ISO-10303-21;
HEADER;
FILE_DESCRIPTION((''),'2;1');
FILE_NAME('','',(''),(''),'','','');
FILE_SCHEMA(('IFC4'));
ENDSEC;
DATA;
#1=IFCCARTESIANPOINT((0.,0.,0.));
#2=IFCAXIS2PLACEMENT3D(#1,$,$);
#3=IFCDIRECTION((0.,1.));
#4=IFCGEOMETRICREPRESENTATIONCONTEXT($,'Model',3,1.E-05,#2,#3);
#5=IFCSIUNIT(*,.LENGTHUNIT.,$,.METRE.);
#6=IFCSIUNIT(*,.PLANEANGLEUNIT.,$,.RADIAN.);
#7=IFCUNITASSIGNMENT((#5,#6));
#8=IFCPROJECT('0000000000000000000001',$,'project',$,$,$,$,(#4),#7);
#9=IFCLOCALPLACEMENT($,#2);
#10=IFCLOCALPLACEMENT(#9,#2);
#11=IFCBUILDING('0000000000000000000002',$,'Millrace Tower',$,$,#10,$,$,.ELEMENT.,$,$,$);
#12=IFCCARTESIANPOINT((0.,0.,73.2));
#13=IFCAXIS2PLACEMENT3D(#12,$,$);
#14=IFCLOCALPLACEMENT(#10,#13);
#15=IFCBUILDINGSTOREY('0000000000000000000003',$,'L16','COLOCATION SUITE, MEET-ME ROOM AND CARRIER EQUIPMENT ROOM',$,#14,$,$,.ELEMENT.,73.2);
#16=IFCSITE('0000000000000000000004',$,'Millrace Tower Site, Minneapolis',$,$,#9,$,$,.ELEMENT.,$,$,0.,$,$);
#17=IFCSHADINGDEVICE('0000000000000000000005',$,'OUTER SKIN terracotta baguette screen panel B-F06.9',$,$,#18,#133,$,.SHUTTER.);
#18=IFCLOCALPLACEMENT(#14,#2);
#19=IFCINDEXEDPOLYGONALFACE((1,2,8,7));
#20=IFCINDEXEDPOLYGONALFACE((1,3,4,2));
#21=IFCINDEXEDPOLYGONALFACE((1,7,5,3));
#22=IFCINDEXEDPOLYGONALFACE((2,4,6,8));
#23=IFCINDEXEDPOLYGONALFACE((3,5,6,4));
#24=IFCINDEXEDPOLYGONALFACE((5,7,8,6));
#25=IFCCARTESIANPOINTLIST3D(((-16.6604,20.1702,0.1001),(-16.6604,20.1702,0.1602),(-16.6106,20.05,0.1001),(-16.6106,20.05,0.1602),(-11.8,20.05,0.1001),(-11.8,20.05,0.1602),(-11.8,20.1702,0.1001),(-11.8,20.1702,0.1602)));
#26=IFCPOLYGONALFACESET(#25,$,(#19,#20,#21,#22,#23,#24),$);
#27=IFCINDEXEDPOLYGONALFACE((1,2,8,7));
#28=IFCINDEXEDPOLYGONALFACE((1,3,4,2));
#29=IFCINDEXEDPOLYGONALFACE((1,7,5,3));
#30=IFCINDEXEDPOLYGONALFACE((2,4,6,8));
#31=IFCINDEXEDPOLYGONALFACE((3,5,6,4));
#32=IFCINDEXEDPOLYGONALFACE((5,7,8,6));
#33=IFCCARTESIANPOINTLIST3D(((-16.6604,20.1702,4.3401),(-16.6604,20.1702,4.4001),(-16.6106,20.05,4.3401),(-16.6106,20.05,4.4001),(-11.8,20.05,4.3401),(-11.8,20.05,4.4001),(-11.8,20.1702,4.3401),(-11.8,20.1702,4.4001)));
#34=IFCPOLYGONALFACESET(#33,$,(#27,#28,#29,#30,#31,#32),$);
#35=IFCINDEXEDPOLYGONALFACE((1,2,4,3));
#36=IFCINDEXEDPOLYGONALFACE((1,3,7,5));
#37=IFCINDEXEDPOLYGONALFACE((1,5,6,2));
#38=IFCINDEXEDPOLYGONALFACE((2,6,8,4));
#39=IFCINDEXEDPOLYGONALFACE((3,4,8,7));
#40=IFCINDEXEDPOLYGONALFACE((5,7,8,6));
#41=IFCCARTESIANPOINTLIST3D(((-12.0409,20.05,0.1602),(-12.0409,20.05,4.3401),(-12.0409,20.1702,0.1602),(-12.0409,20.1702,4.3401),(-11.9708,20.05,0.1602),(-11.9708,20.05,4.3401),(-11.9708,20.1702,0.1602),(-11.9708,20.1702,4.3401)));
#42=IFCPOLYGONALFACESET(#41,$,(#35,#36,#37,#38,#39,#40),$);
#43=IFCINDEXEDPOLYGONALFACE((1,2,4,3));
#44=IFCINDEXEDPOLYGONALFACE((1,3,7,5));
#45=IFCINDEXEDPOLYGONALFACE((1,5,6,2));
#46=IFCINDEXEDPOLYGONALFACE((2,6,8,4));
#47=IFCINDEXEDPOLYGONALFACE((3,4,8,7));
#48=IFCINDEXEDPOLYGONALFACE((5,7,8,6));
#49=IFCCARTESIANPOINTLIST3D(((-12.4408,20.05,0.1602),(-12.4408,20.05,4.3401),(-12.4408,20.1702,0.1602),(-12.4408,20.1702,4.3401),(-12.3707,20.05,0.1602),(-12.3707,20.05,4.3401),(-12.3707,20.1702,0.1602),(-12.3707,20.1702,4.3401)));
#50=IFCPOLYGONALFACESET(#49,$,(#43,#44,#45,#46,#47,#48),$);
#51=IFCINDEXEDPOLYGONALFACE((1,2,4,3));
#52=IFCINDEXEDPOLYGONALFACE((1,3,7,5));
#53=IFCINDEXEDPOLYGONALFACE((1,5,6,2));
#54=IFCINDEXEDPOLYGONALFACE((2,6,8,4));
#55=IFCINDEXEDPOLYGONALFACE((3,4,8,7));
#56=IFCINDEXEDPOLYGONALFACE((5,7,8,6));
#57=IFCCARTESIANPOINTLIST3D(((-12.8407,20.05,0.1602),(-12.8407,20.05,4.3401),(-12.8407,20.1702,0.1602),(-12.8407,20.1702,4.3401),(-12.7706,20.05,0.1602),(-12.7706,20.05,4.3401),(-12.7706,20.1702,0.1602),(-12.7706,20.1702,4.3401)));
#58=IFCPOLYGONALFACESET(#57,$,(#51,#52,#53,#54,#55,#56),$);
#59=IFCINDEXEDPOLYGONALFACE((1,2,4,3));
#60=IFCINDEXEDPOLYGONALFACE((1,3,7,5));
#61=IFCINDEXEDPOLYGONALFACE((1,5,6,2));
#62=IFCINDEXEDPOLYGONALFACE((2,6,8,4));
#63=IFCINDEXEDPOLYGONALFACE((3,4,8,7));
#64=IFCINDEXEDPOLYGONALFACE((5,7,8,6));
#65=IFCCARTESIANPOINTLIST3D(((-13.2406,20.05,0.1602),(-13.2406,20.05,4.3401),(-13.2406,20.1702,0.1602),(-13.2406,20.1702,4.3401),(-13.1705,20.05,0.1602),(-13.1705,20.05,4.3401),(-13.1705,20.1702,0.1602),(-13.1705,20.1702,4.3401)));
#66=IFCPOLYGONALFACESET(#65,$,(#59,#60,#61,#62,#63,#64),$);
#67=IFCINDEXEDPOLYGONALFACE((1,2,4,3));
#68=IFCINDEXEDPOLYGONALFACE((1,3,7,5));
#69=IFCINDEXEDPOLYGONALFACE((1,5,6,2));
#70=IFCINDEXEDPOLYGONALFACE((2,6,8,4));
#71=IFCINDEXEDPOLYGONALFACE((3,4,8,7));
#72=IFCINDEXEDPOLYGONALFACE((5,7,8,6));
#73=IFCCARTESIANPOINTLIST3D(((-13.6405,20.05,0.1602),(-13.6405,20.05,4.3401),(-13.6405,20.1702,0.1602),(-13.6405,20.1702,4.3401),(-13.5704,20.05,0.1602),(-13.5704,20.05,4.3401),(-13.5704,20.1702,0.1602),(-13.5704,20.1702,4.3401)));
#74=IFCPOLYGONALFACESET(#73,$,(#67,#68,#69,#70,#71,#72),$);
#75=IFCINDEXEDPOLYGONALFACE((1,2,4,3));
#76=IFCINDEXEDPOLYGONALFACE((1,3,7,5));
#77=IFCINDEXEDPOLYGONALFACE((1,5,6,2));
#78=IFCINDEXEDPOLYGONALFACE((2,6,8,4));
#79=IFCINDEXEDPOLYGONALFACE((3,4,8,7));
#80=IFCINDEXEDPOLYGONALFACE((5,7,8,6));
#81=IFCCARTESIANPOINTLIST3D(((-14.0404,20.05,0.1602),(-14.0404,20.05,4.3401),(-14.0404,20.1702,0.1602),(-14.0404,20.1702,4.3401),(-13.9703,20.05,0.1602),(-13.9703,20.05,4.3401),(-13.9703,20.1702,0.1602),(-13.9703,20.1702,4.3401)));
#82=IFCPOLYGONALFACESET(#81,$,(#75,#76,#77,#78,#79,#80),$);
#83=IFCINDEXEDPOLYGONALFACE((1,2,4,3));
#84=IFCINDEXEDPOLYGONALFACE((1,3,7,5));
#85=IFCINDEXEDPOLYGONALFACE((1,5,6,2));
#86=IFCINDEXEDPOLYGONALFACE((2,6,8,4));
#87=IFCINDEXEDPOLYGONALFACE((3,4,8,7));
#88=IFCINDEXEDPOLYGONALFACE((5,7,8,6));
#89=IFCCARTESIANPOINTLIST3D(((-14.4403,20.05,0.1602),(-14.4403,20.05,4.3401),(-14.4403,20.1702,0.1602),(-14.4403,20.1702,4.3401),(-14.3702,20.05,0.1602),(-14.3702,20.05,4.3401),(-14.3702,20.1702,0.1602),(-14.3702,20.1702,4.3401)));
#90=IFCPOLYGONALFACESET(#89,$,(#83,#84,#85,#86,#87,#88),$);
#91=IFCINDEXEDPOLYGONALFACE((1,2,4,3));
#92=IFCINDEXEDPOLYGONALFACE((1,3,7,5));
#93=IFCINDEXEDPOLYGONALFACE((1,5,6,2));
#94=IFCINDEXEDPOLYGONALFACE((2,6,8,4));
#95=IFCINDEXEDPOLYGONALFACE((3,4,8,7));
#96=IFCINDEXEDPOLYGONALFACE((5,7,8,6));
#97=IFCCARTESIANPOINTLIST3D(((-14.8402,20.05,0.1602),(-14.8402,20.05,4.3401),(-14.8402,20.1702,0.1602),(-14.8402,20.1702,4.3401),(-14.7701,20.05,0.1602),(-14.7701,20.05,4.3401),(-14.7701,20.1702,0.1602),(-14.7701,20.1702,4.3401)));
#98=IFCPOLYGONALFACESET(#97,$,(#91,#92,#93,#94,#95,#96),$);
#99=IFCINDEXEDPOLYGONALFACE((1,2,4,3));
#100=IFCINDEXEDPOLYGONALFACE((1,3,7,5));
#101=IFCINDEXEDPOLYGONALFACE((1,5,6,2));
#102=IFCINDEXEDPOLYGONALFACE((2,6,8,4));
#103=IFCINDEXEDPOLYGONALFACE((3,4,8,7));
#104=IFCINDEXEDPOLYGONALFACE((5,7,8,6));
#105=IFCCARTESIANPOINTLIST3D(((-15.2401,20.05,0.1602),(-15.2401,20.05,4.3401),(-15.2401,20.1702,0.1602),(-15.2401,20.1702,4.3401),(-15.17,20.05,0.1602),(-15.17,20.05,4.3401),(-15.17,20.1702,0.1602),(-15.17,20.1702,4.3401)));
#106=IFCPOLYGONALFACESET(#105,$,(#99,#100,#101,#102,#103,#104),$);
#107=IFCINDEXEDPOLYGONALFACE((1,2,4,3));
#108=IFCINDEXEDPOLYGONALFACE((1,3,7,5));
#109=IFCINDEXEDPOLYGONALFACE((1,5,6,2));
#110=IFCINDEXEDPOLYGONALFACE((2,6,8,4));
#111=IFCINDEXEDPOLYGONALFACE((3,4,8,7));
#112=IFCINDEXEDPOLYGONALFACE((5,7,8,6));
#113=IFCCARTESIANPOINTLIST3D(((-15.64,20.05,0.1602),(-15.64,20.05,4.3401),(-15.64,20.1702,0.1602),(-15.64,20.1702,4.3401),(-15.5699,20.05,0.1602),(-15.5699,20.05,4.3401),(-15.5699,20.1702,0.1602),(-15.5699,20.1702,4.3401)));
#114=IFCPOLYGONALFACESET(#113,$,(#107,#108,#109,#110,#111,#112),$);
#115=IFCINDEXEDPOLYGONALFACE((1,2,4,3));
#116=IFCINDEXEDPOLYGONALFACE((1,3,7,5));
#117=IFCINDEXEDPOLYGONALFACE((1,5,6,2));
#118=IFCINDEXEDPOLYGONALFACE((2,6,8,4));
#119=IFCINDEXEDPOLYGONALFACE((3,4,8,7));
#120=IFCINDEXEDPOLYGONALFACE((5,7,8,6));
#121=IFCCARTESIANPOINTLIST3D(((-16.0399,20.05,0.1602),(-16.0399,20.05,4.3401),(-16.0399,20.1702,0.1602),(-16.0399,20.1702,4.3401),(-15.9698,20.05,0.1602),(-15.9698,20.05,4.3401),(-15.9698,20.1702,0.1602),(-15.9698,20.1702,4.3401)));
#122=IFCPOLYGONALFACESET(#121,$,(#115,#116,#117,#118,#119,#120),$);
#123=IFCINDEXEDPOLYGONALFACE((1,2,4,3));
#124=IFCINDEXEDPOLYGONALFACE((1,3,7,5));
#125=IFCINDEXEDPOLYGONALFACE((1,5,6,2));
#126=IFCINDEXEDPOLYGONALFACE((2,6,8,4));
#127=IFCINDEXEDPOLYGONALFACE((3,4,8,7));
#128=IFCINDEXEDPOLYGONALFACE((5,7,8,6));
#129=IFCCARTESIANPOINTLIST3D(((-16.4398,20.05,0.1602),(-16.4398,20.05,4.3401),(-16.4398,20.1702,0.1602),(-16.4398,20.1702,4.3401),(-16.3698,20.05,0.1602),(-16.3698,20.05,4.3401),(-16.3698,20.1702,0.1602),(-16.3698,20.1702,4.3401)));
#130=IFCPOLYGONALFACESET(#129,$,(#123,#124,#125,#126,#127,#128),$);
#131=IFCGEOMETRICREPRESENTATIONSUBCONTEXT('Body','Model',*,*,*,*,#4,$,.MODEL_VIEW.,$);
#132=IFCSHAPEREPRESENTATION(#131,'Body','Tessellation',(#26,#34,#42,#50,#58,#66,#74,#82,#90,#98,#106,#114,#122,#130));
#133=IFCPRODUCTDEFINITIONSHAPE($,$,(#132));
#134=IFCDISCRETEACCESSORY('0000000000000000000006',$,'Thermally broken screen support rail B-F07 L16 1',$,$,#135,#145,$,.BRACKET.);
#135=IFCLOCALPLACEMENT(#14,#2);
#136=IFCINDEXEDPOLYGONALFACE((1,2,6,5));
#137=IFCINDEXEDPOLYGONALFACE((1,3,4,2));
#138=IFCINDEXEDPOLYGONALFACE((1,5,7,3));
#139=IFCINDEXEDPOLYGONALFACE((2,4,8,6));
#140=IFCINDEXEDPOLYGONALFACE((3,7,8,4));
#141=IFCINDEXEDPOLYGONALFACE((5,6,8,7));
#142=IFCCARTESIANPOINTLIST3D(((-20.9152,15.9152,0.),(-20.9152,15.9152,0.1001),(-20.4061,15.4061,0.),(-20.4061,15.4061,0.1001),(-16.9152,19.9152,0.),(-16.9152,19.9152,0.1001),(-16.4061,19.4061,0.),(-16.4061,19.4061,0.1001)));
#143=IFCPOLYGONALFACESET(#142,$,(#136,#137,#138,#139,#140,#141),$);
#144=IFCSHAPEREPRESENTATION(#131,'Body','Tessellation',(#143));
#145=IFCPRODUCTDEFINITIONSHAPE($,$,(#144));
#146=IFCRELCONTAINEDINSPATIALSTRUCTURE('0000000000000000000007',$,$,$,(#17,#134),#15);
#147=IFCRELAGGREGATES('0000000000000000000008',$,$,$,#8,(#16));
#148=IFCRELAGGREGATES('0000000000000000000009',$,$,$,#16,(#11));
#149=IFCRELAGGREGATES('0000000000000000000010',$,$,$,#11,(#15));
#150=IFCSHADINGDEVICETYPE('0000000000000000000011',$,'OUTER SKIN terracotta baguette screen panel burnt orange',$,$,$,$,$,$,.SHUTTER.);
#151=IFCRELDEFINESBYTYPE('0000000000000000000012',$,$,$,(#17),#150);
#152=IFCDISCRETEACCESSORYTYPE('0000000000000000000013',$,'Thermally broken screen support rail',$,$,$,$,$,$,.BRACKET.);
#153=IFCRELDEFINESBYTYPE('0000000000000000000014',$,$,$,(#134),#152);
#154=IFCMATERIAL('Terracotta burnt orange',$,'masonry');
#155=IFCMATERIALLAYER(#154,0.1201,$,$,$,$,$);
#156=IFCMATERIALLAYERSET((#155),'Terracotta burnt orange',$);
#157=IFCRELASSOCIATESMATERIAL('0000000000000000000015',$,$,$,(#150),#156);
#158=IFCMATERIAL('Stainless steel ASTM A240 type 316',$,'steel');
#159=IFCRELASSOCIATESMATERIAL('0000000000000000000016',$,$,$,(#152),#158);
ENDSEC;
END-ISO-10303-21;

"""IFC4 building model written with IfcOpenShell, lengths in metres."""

from ifc_helpers import new_model, entity, si_unit, direction, frame, frame_2d, origin, origin_2d, place, context, subcontext, project, spatial, rectangle, extrude, source, transform, mapped, material, layer, layer_set, type_object, element, save


model = new_model("IFC4")

# Units and contexts
model_context = context("Model", 3, precision=1e-05, world=origin(), true_north=direction((0.0, 1.0)))
body_context = subcontext(model_context, "Body", "Model", "MODEL_VIEW")
ifc_project = project(units=[si_unit("LENGTHUNIT", "METRE"), si_unit("PLANEANGLEUNIT", "RADIAN")], contexts=[model_context])

# Site, building, storey
site_placement = place(None, origin())
site = spatial("IfcSite", under=ifc_project, at=site_placement, Name="Millrace Tower Site, Minneapolis", CompositionType="ELEMENT", RefElevation=0.0)
building_placement = place(site_placement, origin())
building = spatial("IfcBuilding", under=site, at=building_placement, Name="Millrace Tower", CompositionType="ELEMENT")
storey_placement = place(building_placement, frame((0.0, 0.0, 73.2)))
storey = spatial("IfcBuildingStorey", under=building, at=storey_placement, Name="L16", Description="COLOCATION SUITE, MEET-ME ROOM AND CARRIER EQUIPMENT ROOM", CompositionType="ELEMENT", Elevation=73.2)

# Shading device
ifc_material_1 = material(Name="Terracotta burnt orange", Category="masonry")
ifc_layer_1 = layer(ifc_material_1, 0.1201)
ifc_layer_set_1 = layer_set([ifc_layer_1], Name="Terracotta burnt orange")
shading_device_type = type_object("IfcShadingDeviceType", Name="OUTER SKIN terracotta baguette screen panel burnt orange", PredefinedType="SHUTTER", material=ifc_layer_set_1)
cartesian_point_1 = entity("IfcCartesianPoint", [-2.4177, 0.0601])
shared_polyline_1 = entity("IfcPolyline", [cartesian_point_1, entity("IfcCartesianPoint", [2.3928, 0.0601]), entity("IfcCartesianPoint", [2.4426, -0.0601]), entity("IfcCartesianPoint", [-2.4177, -0.0601]), cartesian_point_1])
shared_shape_1 = source(origin(), body_context, "Body", "SweptSolid", [
    entity("IfcExtrudedAreaSolid", entity("IfcArbitraryClosedProfileDef", "AREA", None, shared_polyline_1), entity("IfcAxis2Placement3D", entity("IfcCartesianPoint", [0.0, 0.0, 0.0])), entity("IfcDirection", [0.0, 0.0, 1.0]), 0.0601),
    entity("IfcExtrudedAreaSolid", entity("IfcArbitraryClosedProfileDef", "AREA", None, shared_polyline_1), entity("IfcAxis2Placement3D", entity("IfcCartesianPoint", [0.0, 0.0, 4.24])), entity("IfcDirection", [0.0, 0.0, 1.0]), 0.0601),
    extrude(rectangle(XDim=0.0701, YDim=0.1201, at=frame_2d((-2.2119, 0.0))), frame((0.0, 0.0, 0.0601)), (0.0, 0.0, 1.0), 4.1799),
    extrude(rectangle(XDim=0.0701, YDim=0.1201, at=frame_2d((-1.812, 0.0))), frame((0.0, 0.0, 0.0601)), (0.0, 0.0, 1.0), 4.1799),
    extrude(rectangle(XDim=0.0701, YDim=0.1201, at=frame_2d((-1.4121, 0.0))), frame((0.0, 0.0, 0.0601)), (0.0, 0.0, 1.0), 4.1799),
    extrude(rectangle(XDim=0.0701, YDim=0.1201, at=frame_2d((-1.0122, 0.0))), frame((0.0, 0.0, 0.0601)), (0.0, 0.0, 1.0), 4.1799),
    extrude(rectangle(XDim=0.0701, YDim=0.1201, at=frame_2d((-0.6123, 0.0))), frame((0.0, 0.0, 0.0601)), (0.0, 0.0, 1.0), 4.1799),
    extrude(rectangle(XDim=0.0701, YDim=0.1201, at=frame_2d((-0.2124, 0.0))), frame((0.0, 0.0, 0.0601)), (0.0, 0.0, 1.0), 4.1799),
    extrude(rectangle(XDim=0.0701, YDim=0.1201, at=frame_2d((0.1875, 0.0))), frame((0.0, 0.0, 0.0601)), (0.0, 0.0, 1.0), 4.1799),
    extrude(rectangle(XDim=0.0701, YDim=0.1201, at=frame_2d((0.5874, 0.0))), frame((0.0, 0.0, 0.0601)), (0.0, 0.0, 1.0), 4.1799),
    extrude(rectangle(XDim=0.0701, YDim=0.1201, at=frame_2d((0.9873, 0.0))), frame((0.0, 0.0, 0.0601)), (0.0, 0.0, 1.0), 4.1799),
    extrude(rectangle(XDim=0.0701, YDim=0.1201, at=frame_2d((1.3872, 0.0))), frame((0.0, 0.0, 0.0601)), (0.0, 0.0, 1.0), 4.1799),
    extrude(rectangle(XDim=0.0701, YDim=0.1201, at=frame_2d((1.7871, 0.0))), frame((0.0, 0.0, 0.0601)), (0.0, 0.0, 1.0), 4.1799),
    extrude(rectangle(XDim=0.0701, YDim=0.1201, at=frame_2d((2.187, 0.0))), frame((0.0, 0.0, 0.0601)), (0.0, 0.0, 1.0), 4.1799),
])
shading_device_1_placement = place(storey_placement, frame((-14.2178, 20.1101, 0.1001), z_axis=(0.0, 0.0, 1.0), x_axis=(-1.0, 0.0, 0.0)))
element("IfcShadingDevice", 1, at=shading_device_1_placement, inside=storey, type_object=shading_device_type, Name="OUTER SKIN terracotta baguette screen panel B-F06.9", PredefinedType="SHUTTER", context=body_context, shape_type="MappedRepresentation", body=[
    mapped(shared_shape_1, transform((0.0, 0.0, 0.0), scale=1.0)),
])

# Discrete accessory
ifc_material_2 = material(Name="Stainless steel ASTM A240 type 316", Category="steel")
discrete_accessory_type = type_object("IfcDiscreteAccessoryType", Name="Thermally broken screen support rail", PredefinedType="BRACKET", material=ifc_material_2)
discrete_accessory_placement = place(storey_placement, frame((-18.6606, 17.6606, 0.0), z_axis=(0.0, 0.0, 1.0), x_axis=(-0.707107, -0.707107, 0.0)))
element("IfcDiscreteAccessory", 2, at=discrete_accessory_placement, inside=storey, type_object=discrete_accessory_type, Name="Thermally broken screen support rail B-F07 L16 1", PredefinedType="BRACKET", context=body_context, shape_type="SweptSolid", body=[
    extrude(rectangle(XDim=5.6567, YDim=0.72, at=origin_2d()), origin(), (0.0, 0.0, 1.0), 0.1001),
])

save(model, "model.ifc")
